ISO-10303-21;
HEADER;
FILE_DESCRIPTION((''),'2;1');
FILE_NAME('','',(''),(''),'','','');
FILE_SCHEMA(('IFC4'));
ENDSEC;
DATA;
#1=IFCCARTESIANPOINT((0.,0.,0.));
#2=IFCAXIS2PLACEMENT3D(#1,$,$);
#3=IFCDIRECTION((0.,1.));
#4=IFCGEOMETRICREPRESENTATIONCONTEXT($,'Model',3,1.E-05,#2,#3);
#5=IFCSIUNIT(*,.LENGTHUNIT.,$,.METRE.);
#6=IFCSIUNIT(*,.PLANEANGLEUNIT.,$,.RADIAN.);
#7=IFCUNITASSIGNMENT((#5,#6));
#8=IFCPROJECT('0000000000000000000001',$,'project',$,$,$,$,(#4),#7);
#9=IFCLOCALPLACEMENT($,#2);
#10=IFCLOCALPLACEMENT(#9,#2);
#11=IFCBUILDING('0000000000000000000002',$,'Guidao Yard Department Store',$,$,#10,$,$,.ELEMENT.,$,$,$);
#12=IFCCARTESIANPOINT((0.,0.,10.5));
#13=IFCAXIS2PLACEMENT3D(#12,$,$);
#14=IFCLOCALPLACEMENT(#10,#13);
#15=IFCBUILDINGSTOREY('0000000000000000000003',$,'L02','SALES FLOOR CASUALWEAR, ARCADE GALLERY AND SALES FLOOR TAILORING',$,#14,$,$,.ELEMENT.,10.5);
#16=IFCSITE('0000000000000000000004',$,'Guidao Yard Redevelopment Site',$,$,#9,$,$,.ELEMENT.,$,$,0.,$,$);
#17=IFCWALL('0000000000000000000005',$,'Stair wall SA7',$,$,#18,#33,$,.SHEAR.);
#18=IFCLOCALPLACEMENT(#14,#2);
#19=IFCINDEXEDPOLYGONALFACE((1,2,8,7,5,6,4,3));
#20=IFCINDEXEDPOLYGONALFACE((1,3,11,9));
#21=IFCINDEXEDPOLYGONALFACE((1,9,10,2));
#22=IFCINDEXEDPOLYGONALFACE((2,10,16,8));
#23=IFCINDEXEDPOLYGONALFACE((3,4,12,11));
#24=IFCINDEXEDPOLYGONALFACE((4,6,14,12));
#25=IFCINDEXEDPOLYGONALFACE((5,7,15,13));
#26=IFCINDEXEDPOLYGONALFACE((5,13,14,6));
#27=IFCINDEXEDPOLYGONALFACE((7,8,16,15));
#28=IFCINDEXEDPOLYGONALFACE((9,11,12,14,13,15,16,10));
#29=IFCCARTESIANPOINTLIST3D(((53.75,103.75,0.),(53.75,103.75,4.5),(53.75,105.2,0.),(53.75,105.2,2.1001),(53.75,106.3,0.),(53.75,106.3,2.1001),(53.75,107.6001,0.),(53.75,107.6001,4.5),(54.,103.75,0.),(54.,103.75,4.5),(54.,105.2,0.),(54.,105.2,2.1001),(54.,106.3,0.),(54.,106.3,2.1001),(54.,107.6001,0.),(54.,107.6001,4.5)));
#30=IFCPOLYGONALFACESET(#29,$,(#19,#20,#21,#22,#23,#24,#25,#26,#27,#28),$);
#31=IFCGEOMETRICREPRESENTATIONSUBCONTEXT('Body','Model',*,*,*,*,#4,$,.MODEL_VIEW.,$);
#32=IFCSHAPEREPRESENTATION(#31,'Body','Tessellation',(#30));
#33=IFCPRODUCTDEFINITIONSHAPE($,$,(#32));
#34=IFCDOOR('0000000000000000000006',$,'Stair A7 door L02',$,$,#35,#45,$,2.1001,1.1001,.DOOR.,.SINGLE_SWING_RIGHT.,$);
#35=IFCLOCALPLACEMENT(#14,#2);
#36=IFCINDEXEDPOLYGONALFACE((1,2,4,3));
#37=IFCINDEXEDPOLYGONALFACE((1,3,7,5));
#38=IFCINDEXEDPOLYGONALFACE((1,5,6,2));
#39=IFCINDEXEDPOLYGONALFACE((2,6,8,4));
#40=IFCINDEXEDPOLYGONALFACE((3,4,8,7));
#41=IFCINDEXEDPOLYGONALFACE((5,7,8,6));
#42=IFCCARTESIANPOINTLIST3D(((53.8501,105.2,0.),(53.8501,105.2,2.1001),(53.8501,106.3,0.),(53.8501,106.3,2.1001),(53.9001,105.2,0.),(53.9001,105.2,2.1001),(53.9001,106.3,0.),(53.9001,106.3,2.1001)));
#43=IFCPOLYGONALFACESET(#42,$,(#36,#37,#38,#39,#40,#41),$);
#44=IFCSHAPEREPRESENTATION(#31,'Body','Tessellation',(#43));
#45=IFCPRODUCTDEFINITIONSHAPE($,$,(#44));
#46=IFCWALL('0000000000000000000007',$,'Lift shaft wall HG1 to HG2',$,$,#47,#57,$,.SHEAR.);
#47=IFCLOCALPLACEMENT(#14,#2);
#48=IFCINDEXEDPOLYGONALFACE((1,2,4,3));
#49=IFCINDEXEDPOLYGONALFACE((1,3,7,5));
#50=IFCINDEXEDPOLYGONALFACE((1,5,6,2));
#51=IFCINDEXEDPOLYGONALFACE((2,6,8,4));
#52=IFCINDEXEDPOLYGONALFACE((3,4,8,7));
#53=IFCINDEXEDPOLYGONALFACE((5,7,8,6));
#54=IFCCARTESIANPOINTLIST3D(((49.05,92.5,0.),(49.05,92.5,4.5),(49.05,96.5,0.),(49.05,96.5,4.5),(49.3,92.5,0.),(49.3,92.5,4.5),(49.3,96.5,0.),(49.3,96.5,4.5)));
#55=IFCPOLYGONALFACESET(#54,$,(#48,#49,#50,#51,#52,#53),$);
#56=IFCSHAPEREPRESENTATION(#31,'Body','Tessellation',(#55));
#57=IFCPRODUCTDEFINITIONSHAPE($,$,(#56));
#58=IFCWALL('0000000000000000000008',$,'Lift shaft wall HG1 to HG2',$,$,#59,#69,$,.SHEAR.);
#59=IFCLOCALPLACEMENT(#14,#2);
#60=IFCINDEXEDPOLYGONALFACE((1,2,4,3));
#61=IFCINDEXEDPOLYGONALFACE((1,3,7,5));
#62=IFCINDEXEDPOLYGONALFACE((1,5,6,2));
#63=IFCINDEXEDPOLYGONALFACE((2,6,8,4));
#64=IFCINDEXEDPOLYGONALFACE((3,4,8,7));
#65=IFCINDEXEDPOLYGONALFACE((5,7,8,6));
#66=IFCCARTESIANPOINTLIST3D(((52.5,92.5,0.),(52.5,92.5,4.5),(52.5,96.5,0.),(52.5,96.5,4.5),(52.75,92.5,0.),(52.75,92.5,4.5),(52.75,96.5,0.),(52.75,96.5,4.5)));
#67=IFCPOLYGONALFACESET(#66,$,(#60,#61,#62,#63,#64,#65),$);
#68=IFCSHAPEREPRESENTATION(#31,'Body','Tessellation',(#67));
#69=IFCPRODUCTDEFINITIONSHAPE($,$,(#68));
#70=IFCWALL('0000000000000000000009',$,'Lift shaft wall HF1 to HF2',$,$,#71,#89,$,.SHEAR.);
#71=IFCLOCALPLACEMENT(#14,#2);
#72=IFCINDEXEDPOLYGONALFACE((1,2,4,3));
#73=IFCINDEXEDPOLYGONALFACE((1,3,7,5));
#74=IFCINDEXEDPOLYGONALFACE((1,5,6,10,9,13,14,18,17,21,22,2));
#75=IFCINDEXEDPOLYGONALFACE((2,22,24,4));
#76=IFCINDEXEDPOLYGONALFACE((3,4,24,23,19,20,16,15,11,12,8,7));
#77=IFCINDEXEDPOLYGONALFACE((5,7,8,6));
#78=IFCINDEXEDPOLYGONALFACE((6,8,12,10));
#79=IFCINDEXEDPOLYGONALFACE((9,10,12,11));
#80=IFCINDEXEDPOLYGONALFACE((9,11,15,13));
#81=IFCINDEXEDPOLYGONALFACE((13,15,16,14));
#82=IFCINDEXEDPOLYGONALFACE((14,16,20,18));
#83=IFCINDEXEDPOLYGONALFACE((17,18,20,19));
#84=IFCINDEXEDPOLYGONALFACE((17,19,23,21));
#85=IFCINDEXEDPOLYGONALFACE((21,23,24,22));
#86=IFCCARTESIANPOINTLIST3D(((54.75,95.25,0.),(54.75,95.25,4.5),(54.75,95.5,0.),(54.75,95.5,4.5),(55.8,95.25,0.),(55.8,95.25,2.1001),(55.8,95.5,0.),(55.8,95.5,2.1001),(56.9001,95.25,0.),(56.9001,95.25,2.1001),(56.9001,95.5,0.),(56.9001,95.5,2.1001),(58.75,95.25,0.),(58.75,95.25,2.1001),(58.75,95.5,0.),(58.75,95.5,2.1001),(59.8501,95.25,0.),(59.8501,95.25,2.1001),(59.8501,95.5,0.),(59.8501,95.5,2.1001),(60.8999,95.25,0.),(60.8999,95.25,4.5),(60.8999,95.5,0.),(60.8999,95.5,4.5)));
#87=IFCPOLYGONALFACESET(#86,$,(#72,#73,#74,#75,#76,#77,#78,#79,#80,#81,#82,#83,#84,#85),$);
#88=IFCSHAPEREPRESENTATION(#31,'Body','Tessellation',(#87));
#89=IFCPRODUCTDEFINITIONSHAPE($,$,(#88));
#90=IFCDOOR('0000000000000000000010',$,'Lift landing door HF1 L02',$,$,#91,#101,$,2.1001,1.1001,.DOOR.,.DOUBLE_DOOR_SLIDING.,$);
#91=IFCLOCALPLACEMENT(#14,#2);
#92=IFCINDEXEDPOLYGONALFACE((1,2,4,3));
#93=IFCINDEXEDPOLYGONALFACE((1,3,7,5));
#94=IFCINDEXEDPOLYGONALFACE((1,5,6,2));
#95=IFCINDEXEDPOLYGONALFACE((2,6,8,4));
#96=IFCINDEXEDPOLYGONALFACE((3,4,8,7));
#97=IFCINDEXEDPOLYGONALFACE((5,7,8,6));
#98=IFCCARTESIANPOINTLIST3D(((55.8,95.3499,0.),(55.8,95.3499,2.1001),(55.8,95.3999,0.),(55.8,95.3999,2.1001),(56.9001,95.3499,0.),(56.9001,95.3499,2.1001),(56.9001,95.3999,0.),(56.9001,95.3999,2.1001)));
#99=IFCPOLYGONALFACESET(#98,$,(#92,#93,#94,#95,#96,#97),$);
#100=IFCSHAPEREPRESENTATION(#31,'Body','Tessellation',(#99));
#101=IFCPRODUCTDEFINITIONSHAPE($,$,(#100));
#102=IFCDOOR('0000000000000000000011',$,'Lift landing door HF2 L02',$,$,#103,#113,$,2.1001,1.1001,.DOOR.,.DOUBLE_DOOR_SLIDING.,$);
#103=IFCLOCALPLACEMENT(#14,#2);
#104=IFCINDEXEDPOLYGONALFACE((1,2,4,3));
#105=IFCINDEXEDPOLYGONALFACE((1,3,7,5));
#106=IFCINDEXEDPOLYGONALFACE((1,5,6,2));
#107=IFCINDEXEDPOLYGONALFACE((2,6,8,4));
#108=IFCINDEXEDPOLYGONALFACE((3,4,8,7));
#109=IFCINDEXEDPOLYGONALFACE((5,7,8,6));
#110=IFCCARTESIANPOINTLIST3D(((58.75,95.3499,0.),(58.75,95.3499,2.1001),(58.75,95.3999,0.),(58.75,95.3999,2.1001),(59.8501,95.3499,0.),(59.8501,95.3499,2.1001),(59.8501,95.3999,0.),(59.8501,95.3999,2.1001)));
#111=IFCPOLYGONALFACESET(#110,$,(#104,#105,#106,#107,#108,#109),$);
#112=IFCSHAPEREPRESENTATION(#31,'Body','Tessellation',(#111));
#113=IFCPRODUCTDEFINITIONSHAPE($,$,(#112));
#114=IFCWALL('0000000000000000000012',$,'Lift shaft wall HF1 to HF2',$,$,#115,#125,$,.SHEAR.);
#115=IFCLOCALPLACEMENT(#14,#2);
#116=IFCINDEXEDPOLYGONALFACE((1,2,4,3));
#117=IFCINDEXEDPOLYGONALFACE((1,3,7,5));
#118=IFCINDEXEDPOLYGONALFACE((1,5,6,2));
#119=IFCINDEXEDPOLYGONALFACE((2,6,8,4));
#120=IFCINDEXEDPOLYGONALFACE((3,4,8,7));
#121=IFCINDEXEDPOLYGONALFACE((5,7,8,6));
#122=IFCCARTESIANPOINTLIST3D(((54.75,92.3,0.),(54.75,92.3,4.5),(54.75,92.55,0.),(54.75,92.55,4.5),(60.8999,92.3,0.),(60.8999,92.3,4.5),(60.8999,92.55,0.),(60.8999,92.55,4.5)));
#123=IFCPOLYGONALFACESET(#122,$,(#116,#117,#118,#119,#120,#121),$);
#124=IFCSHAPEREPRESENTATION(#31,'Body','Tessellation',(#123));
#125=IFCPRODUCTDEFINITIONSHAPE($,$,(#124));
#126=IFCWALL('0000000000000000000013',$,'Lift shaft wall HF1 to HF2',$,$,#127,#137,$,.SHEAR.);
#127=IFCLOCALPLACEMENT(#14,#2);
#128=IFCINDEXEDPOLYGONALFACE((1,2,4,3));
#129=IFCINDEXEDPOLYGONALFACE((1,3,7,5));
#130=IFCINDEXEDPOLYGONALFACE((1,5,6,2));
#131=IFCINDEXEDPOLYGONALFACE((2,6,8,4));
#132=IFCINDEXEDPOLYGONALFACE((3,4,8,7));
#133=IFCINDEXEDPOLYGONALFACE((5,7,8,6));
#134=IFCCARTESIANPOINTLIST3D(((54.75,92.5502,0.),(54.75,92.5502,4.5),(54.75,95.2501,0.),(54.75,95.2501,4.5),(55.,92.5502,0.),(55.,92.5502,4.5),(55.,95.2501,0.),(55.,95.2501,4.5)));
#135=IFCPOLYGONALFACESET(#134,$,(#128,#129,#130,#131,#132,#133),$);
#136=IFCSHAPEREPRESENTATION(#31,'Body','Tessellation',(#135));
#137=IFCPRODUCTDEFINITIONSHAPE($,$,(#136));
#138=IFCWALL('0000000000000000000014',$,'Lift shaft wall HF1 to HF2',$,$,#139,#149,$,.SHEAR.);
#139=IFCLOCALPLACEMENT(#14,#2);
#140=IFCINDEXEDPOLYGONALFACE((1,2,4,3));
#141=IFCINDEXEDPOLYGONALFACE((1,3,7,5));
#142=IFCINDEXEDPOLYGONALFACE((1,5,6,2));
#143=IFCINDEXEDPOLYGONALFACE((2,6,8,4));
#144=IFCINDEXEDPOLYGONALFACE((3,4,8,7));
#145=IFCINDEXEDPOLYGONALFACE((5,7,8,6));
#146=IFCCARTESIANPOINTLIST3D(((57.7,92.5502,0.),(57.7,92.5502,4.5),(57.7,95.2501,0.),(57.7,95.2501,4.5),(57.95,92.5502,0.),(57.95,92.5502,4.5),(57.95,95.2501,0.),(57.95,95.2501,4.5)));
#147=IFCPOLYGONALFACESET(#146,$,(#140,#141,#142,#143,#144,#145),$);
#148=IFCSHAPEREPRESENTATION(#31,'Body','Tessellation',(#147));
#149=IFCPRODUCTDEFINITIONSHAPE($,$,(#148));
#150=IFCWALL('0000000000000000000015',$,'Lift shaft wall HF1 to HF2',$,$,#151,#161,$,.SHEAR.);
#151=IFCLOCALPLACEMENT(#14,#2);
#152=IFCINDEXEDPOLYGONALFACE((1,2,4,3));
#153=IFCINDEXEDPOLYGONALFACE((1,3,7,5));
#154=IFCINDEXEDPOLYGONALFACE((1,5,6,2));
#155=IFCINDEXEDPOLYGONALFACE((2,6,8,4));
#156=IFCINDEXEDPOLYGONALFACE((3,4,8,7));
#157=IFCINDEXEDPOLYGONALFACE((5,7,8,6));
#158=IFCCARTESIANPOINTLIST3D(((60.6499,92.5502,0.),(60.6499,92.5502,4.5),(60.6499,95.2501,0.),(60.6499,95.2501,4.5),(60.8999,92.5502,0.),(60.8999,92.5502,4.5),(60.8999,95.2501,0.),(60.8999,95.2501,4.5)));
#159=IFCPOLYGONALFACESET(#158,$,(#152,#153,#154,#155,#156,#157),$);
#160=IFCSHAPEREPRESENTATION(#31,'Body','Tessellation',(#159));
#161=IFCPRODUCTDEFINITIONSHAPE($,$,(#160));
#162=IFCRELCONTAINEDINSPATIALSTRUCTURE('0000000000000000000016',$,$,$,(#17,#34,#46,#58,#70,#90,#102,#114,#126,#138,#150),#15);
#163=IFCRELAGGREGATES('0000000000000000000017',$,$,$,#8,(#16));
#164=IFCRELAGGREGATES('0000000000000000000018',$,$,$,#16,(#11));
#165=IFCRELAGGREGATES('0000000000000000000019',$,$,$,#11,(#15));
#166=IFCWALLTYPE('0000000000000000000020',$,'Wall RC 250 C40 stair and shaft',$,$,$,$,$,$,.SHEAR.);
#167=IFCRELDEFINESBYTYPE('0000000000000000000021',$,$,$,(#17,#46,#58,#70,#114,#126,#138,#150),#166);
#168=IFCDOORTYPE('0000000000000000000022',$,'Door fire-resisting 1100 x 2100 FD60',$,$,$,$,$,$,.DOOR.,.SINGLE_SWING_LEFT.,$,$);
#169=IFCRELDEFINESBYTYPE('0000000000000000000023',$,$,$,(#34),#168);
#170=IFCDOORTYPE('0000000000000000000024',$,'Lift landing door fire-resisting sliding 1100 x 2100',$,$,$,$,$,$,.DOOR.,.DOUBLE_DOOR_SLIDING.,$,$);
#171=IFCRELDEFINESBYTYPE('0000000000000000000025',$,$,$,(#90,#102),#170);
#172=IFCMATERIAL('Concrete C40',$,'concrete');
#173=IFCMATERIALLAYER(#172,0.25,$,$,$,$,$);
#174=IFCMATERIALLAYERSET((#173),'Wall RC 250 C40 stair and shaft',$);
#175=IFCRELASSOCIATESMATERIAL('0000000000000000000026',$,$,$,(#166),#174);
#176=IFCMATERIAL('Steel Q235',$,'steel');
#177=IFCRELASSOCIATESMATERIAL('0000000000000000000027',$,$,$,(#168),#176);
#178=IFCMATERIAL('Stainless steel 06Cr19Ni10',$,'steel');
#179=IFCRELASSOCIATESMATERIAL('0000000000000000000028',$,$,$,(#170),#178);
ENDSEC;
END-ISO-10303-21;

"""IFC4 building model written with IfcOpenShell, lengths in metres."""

from ifc_helpers import new_model, si_unit, direction, frame, frame_2d, origin, place, context, subcontext, project, spatial, rectangle, extrude, material, layer, layer_set, type_object, element, fill, save


model = new_model("IFC4")

# Units and contexts
model_context = context("Model", 3, precision=1e-05, world=origin(), true_north=direction((0.0, 1.0)))
body_context = subcontext(model_context, "Body", "Model", "MODEL_VIEW")
ifc_project = project(units=[si_unit("LENGTHUNIT", "METRE"), si_unit("PLANEANGLEUNIT", "RADIAN")], contexts=[model_context])

# Site, building, storey
site_placement = place(None, origin())
site = spatial("IfcSite", under=ifc_project, at=site_placement, Name="Guidao Yard Redevelopment Site", CompositionType="ELEMENT", RefElevation=0.0)
building_placement = place(site_placement, origin())
building = spatial("IfcBuilding", under=site, at=building_placement, Name="Guidao Yard Department Store", CompositionType="ELEMENT")
storey_placement = place(building_placement, frame((0.0, 0.0, 10.5)))
storey = spatial("IfcBuildingStorey", under=building, at=storey_placement, Name="L02", Description="SALES FLOOR CASUALWEAR, ARCADE GALLERY AND SALES FLOOR TAILORING", CompositionType="ELEMENT", Elevation=10.5)

# Shared definitions
ifc_material_1 = material(Name="Concrete C40", Category="concrete")
ifc_layer_1 = layer(ifc_material_1, 0.25)
ifc_layer_set_1 = layer_set([ifc_layer_1], Name="Wall RC 250 C40 stair and shaft")
wall_type_1 = type_object("IfcWallType", Name="Wall RC 250 C40 stair and shaft", PredefinedType="SHEAR", material=ifc_layer_set_1)
ifc_material_2 = material(Name="Steel Q235", Category="steel")
door_type_1 = type_object("IfcDoorType", Name="Door fire-resisting 1100 x 2100 FD60", OperationType="SINGLE_SWING_LEFT", PredefinedType="DOOR", material=ifc_material_2)

# Wall, opening, door
wall_1_placement = place(storey_placement, frame((53.875, 103.75, 0.0), z_axis=(0.0, 0.0, 1.0), x_axis=(0.0, 1.0, 0.0)))
wall_1 = element("IfcWall", 1, at=wall_1_placement, inside=storey, type_object=wall_type_1, Name="Stair wall SA7", PredefinedType="SHEAR", context=body_context, shape_type="SweptSolid", body=[
    extrude(rectangle(XDim=3.8501, YDim=0.25, at=frame_2d((1.925, 0.0))), origin(), (0.0, 0.0, 1.0), 4.5),
])
opening_1_placement = place(wall_1_placement, frame((1.45, 0.0, 0.0)))
opening_1 = element("IfcOpeningElement", 2, at=opening_1_placement, cuts=wall_1, PredefinedType="OPENING", context=body_context, shape_type="SweptSolid", body=[
    extrude(rectangle(XDim=1.1001, YDim=2.1001, at=frame_2d((0.55, 1.05))), frame((0.0, 0.135, 0.0), z_axis=(0.0, -1.0, 0.0), x_axis=(1.0, 0.0, 0.0)), (0.0, 0.0, 1.0), 0.27),
])
door_1_placement = place(opening_1_placement, origin())
door_1 = element("IfcDoor", 3, at=door_1_placement, inside=storey, type_object=door_type_1, Name="Stair A7 door L02", OperationType="SINGLE_SWING_RIGHT", OverallHeight=2.1001, OverallWidth=1.1001, PredefinedType="DOOR", context=body_context, shape_type="SweptSolid", body=[
    extrude(rectangle(XDim=1.1001, YDim=2.1001, at=frame_2d((0.55, 1.05))), frame((0.0, 0.0249, 0.0), z_axis=(0.0, -1.0, 0.0), x_axis=(1.0, 0.0, 0.0)), (0.0, 0.0, 1.0), 0.05),
])
fill(opening_1, door_1)

# Walls
for number, where, z_axis, x_axis, name in (
    (4, (49.175, 92.5, 0.0), (0.0, 0.0, 1.0), (0.0, 1.0, 0.0), "Lift shaft wall HG1 to HG2"),
    (5, (52.625, 92.5, 0.0), (0.0, 0.0, 1.0), (0.0, 1.0, 0.0), "Lift shaft wall HG1 to HG2"),
):
    element("IfcWall", number, at=place(storey_placement, frame(where, z_axis=z_axis, x_axis=x_axis)), inside=storey, type_object=wall_type_1, Name=name, PredefinedType="SHEAR", context=body_context, shape_type="SweptSolid", body=[
        extrude(rectangle(XDim=4.0, YDim=0.25, at=frame_2d((2.0, 0.0))), origin(), (0.0, 0.0, 1.0), 4.5),
    ])

# Wall, openings, doors
wall_2_placement = place(storey_placement, frame((54.75, 95.375, 0.0), z_axis=(0.0, 0.0, 1.0), x_axis=(1.0, 0.0, 0.0)))
wall_2 = element("IfcWall", 6, at=wall_2_placement, inside=storey, type_object=wall_type_1, Name="Lift shaft wall HF1 to HF2", PredefinedType="SHEAR", context=body_context, shape_type="SweptSolid", body=[
    extrude(rectangle(XDim=6.1499, YDim=0.25, at=frame_2d((3.075, 0.0))), origin(), (0.0, 0.0, 1.0), 4.5),
])
opening_2_placement = place(wall_2_placement, frame((1.05, 0.0, 0.0)))
opening_2 = element("IfcOpeningElement", 7, at=opening_2_placement, cuts=wall_2, PredefinedType="OPENING", context=body_context, shape_type="SweptSolid", body=[
    extrude(rectangle(XDim=1.1001, YDim=2.1001, at=frame_2d((0.55, 1.05))), frame((0.0, 0.135, 0.0), z_axis=(0.0, -1.0, 0.0), x_axis=(1.0, 0.0, 0.0)), (0.0, 0.0, 1.0), 0.27),
])
opening_3_placement = place(wall_2_placement, frame((4.0, 0.0, 0.0)))
opening_3 = element("IfcOpeningElement", 8, at=opening_3_placement, cuts=wall_2, PredefinedType="OPENING", context=body_context, shape_type="SweptSolid", body=[
    extrude(rectangle(XDim=1.1001, YDim=2.1001, at=frame_2d((0.55, 1.05))), frame((0.0, 0.135, 0.0), z_axis=(0.0, -1.0, 0.0), x_axis=(1.0, 0.0, 0.0)), (0.0, 0.0, 1.0), 0.27),
])
ifc_material_3 = material(Name="Stainless steel 06Cr19Ni10", Category="steel")
door_type_2 = type_object("IfcDoorType", Name="Lift landing door fire-resisting sliding 1100 x 2100", OperationType="DOUBLE_DOOR_SLIDING", PredefinedType="DOOR", material=ifc_material_3)
door_2_placement = place(opening_2_placement, origin())
door_2 = element("IfcDoor", 9, at=door_2_placement, inside=storey, type_object=door_type_2, Name="Lift landing door HF1 L02", OperationType="DOUBLE_DOOR_SLIDING", OverallHeight=2.1001, OverallWidth=1.1001, PredefinedType="DOOR", context=body_context, shape_type="SweptSolid", body=[
    extrude(rectangle(XDim=1.1001, YDim=2.1001, at=frame_2d((0.55, 1.05))), frame((0.0, 0.0249, 0.0), z_axis=(0.0, -1.0, 0.0), x_axis=(1.0, 0.0, 0.0)), (0.0, 0.0, 1.0), 0.05),
])
fill(opening_2, door_2)
door_3_placement = place(opening_3_placement, origin())
door_3 = element("IfcDoor", 10, at=door_3_placement, inside=storey, type_object=door_type_2, Name="Lift landing door HF2 L02", OperationType="DOUBLE_DOOR_SLIDING", OverallHeight=2.1001, OverallWidth=1.1001, PredefinedType="DOOR", context=body_context, shape_type="SweptSolid", body=[
    extrude(rectangle(XDim=1.1001, YDim=2.1001, at=frame_2d((0.55, 1.05))), frame((0.0, 0.0249, 0.0), z_axis=(0.0, -1.0, 0.0), x_axis=(1.0, 0.0, 0.0)), (0.0, 0.0, 1.0), 0.05),
])
fill(opening_3, door_3)

# Walls
wall_3_placement = place(storey_placement, frame((54.75, 92.425, 0.0), z_axis=(0.0, 0.0, 1.0), x_axis=(1.0, 0.0, 0.0)))
element("IfcWall", 11, at=wall_3_placement, inside=storey, type_object=wall_type_1, Name="Lift shaft wall HF1 to HF2", PredefinedType="SHEAR", context=body_context, shape_type="SweptSolid", body=[
    extrude(rectangle(XDim=6.1499, YDim=0.25, at=frame_2d((3.075, 0.0))), origin(), (0.0, 0.0, 1.0), 4.5),
])
for number, where, z_axis, x_axis, name in (
    (12, (54.875, 92.55, 0.0), (0.0, 0.0, 1.0), (0.0, 1.0, 0.0), "Lift shaft wall HF1 to HF2"),
    (13, (57.825, 92.55, 0.0), (0.0, 0.0, 1.0), (0.0, 1.0, 0.0), "Lift shaft wall HF1 to HF2"),
    (14, (60.7749, 92.55, 0.0), (0.0, 0.0, 1.0), (0.0, 1.0, 0.0), "Lift shaft wall HF1 to HF2"),
):
    element("IfcWall", number, at=place(storey_placement, frame(where, z_axis=z_axis, x_axis=x_axis)), inside=storey, type_object=wall_type_1, Name=name, PredefinedType="SHEAR", context=body_context, shape_type="SweptSolid", body=[
        extrude(rectangle(XDim=2.7, YDim=0.25, at=frame_2d((1.3501, 0.0))), origin(), (0.0, 0.0, 1.0), 4.5),
    ])

save(model, "model.ifc")
